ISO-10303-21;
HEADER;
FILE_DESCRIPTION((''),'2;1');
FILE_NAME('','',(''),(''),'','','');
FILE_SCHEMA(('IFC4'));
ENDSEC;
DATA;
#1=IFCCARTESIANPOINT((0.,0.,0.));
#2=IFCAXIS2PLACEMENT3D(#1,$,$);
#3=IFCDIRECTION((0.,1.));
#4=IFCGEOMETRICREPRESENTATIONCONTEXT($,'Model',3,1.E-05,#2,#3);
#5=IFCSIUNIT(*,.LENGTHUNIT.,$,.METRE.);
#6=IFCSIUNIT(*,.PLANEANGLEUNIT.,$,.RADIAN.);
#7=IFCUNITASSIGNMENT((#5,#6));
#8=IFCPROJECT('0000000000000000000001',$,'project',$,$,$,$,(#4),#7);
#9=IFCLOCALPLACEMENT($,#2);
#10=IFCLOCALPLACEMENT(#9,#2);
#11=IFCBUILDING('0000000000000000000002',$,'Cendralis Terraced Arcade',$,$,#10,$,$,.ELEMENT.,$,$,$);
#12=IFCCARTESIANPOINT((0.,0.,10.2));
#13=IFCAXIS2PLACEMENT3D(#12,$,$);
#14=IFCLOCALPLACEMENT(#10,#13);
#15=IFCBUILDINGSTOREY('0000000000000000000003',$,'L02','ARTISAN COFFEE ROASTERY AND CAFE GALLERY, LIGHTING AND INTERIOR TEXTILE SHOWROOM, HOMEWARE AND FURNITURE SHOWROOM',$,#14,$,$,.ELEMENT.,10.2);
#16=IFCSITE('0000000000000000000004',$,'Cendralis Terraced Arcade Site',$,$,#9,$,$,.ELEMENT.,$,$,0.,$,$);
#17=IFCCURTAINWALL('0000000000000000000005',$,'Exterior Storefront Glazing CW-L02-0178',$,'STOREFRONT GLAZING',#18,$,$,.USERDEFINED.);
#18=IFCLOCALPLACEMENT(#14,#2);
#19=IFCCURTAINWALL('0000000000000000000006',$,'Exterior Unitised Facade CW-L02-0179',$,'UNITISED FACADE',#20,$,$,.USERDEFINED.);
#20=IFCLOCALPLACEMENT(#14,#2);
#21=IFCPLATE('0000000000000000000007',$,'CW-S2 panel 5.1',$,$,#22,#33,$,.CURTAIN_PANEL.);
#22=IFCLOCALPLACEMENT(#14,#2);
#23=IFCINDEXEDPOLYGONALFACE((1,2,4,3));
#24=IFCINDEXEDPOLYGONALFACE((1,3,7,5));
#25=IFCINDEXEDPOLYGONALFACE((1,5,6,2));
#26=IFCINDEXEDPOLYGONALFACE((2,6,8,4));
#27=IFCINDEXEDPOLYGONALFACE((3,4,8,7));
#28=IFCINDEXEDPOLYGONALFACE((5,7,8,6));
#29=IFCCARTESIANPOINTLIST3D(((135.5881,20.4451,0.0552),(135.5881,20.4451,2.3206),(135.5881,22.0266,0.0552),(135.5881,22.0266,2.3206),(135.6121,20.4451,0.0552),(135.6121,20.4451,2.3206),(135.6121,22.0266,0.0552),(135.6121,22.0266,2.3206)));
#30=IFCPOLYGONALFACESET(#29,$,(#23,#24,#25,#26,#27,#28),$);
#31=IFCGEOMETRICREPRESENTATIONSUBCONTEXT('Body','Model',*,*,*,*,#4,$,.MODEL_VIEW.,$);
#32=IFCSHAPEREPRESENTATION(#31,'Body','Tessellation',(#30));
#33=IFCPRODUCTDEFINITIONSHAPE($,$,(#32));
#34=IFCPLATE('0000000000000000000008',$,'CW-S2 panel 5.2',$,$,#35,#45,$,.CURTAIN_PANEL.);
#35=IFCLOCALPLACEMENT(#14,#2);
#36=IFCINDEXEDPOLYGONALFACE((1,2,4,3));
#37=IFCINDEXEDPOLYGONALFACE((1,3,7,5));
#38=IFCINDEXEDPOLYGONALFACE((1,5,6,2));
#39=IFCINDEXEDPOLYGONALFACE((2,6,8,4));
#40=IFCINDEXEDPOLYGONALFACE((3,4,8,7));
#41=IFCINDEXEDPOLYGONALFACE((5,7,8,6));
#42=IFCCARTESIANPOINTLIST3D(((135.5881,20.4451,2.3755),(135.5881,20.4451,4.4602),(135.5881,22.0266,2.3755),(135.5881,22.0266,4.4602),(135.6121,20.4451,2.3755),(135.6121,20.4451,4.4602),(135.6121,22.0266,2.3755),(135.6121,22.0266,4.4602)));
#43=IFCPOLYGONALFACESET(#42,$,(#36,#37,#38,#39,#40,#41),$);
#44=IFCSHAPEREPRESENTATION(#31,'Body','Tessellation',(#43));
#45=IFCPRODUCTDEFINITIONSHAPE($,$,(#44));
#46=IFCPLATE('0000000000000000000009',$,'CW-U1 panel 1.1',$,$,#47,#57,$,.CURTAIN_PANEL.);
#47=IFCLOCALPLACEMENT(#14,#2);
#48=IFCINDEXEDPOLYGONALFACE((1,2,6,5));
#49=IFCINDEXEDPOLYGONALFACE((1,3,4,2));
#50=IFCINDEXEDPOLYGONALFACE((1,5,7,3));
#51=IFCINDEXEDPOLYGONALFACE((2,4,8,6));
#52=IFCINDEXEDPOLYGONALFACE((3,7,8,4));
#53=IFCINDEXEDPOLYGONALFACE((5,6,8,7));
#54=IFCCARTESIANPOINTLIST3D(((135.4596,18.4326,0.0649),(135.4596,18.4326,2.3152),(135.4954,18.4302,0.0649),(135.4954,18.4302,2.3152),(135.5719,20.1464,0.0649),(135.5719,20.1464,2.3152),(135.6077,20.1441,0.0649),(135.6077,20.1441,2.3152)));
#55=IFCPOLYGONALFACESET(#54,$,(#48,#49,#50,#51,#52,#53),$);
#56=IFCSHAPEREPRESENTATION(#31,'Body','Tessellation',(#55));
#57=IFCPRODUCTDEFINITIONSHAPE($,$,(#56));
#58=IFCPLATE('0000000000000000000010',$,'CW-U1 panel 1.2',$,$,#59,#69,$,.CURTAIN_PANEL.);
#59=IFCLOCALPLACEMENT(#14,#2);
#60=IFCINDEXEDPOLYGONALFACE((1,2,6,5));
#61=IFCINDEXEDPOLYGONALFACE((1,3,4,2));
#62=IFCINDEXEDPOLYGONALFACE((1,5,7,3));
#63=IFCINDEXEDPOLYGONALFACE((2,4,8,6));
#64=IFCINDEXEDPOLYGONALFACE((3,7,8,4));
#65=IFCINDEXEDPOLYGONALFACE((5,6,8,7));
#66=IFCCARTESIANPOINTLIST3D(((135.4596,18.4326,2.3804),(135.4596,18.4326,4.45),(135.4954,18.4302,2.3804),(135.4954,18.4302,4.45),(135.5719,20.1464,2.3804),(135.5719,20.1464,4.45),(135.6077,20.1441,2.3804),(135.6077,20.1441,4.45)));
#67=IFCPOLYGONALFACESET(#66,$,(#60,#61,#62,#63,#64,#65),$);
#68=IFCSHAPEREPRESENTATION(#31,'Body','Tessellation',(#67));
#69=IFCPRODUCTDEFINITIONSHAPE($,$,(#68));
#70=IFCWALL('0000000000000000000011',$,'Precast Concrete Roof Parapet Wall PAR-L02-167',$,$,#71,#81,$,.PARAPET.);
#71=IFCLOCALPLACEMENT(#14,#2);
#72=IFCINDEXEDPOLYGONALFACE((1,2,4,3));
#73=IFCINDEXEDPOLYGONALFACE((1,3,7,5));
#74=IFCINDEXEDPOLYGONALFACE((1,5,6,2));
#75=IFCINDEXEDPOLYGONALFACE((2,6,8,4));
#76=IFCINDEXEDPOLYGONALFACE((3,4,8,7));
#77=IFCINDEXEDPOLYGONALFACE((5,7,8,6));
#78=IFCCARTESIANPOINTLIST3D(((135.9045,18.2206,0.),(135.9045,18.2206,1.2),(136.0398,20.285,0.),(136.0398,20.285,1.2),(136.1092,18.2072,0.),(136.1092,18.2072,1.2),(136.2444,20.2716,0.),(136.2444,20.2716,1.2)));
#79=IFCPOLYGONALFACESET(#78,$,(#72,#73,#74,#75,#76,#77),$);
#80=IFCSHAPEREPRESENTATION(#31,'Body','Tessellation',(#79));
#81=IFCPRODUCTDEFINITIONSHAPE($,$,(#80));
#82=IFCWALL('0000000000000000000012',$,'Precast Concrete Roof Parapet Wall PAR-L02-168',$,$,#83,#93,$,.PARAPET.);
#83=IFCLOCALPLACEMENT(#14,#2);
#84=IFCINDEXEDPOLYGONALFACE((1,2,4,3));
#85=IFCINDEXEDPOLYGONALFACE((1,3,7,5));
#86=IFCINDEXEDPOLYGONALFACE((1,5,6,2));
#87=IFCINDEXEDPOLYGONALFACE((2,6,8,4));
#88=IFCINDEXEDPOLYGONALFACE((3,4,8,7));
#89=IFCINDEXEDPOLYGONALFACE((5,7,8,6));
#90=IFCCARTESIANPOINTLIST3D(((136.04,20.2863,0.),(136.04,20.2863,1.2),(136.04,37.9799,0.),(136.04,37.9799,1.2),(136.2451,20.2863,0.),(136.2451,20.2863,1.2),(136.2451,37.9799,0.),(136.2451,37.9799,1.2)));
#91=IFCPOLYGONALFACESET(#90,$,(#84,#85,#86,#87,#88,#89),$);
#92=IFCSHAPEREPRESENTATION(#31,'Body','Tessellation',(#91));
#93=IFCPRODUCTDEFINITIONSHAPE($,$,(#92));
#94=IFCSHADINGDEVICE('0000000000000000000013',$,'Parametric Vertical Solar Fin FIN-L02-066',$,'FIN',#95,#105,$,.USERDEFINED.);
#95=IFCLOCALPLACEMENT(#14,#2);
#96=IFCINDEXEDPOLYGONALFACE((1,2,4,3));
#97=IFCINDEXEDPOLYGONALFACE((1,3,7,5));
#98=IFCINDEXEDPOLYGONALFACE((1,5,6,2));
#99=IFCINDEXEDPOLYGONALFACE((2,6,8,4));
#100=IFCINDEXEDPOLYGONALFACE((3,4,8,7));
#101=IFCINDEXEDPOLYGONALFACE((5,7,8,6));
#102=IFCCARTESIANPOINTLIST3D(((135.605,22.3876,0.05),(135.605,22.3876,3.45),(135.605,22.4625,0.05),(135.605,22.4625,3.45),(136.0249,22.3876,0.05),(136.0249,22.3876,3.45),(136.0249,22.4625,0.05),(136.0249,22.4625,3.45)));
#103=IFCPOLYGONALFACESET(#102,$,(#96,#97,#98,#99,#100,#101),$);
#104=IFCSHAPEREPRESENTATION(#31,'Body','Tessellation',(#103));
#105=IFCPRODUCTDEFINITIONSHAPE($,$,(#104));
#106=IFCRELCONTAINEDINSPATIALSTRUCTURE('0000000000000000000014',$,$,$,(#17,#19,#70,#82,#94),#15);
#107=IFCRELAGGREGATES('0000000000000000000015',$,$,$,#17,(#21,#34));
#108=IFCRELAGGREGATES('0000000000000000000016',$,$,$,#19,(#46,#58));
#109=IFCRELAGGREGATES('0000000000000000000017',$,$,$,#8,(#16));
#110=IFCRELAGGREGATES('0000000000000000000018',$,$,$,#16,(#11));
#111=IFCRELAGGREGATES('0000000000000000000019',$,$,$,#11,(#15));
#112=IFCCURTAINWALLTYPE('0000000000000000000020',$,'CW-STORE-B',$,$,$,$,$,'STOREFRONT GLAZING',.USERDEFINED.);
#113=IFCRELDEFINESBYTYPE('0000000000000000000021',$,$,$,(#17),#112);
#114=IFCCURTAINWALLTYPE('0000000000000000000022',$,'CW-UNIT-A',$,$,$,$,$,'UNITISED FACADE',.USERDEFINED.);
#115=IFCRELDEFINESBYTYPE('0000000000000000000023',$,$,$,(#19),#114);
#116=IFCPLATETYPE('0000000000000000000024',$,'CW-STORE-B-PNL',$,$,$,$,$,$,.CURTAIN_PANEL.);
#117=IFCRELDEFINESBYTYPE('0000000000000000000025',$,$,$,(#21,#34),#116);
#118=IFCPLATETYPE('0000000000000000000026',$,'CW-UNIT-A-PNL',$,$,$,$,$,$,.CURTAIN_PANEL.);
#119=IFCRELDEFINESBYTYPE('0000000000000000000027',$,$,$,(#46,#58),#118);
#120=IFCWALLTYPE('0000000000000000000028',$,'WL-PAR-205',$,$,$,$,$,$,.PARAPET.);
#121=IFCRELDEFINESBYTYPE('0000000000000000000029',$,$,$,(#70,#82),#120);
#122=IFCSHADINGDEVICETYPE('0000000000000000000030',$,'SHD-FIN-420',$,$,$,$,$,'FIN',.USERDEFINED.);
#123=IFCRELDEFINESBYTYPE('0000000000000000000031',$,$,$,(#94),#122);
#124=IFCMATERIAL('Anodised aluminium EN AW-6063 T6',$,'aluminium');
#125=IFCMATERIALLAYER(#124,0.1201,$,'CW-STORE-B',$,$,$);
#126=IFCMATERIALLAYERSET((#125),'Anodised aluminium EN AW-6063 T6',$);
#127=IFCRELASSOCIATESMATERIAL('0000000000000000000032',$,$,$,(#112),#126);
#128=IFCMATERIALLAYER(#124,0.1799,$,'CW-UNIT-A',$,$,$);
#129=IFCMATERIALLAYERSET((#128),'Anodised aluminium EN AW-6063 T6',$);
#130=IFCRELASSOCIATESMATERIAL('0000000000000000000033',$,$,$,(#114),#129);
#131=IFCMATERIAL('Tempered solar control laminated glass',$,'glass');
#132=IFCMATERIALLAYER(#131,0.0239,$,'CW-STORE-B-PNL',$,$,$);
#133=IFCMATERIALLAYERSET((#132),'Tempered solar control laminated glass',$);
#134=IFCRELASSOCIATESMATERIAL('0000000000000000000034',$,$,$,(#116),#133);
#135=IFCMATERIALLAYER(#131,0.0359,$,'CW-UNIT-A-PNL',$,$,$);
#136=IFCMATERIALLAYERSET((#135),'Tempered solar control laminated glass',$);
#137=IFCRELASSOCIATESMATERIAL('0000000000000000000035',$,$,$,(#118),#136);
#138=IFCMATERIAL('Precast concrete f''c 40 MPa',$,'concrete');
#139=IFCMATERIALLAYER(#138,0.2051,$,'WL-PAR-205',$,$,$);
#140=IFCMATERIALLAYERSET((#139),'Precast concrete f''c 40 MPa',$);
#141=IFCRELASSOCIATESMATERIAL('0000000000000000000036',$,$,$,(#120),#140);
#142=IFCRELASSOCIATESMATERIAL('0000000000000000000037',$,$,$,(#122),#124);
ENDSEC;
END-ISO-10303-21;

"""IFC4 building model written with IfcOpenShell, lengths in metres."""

from ifc_helpers import new_model, si_unit, direction, frame, frame_2d, origin, origin_2d, place, context, subcontext, project, spatial, rectangle, extrude, material, layer, layer_set, type_object, element, aggregate, save


model = new_model("IFC4")

# Units and contexts
model_context = context("Model", 3, precision=1e-05, world=origin(), true_north=direction((0.0, 1.0)))
body_context = subcontext(model_context, "Body", "Model", "MODEL_VIEW")
ifc_project = project(units=[si_unit("LENGTHUNIT", "METRE"), si_unit("PLANEANGLEUNIT", "RADIAN")], contexts=[model_context])

# Site, building, storey
site_placement = place(None, origin())
site = spatial("IfcSite", under=ifc_project, at=site_placement, Name="Cendralis Terraced Arcade Site", CompositionType="ELEMENT", RefElevation=0.0)
building_placement = place(site_placement, origin())
building = spatial("IfcBuilding", under=site, at=building_placement, Name="Cendralis Terraced Arcade", CompositionType="ELEMENT")
storey_placement = place(building_placement, frame((0.0, 0.0, 10.2)))
storey = spatial("IfcBuildingStorey", under=building, at=storey_placement, Name="L02", Description="ARTISAN COFFEE ROASTERY AND CAFE GALLERY, LIGHTING AND INTERIOR TEXTILE SHOWROOM, HOMEWARE AND FURNITURE SHOWROOM", CompositionType="ELEMENT", Elevation=10.2)

# Curtain walls
ifc_material_1 = material(Name="Anodised aluminium EN AW-6063 T6", Category="aluminium")
ifc_layer_1 = layer(ifc_material_1, 0.1201, Name="CW-STORE-B")
ifc_layer_set_1 = layer_set([ifc_layer_1], Name="Anodised aluminium EN AW-6063 T6")
curtain_wall_type_1 = type_object("IfcCurtainWallType", Name="CW-STORE-B", ElementType="STOREFRONT GLAZING", PredefinedType="USERDEFINED", material=ifc_layer_set_1)
curtain_wall_1_placement = place(storey_placement, origin())
curtain_wall_1 = element("IfcCurtainWall", 1, at=curtain_wall_1_placement, inside=storey, type_object=curtain_wall_type_1, Name="Exterior Storefront Glazing CW-L02-0178", ObjectType="STOREFRONT GLAZING", PredefinedType="USERDEFINED")
ifc_layer_2 = layer(ifc_material_1, 0.1799, Name="CW-UNIT-A")
ifc_layer_set_2 = layer_set([ifc_layer_2], Name="Anodised aluminium EN AW-6063 T6")
curtain_wall_type_2 = type_object("IfcCurtainWallType", Name="CW-UNIT-A", ElementType="UNITISED FACADE", PredefinedType="USERDEFINED", material=ifc_layer_set_2)
curtain_wall_2_placement = place(storey_placement, origin())
curtain_wall_2 = element("IfcCurtainWall", 2, at=curtain_wall_2_placement, inside=storey, type_object=curtain_wall_type_2, Name="Exterior Unitised Facade CW-L02-0179", ObjectType="UNITISED FACADE", PredefinedType="USERDEFINED")

# Plates
ifc_material_2 = material(Name="Tempered solar control laminated glass", Category="glass")
ifc_layer_3 = layer(ifc_material_2, 0.0239, Name="CW-STORE-B-PNL")
ifc_layer_set_3 = layer_set([ifc_layer_3], Name="Tempered solar control laminated glass")
plate_type_1 = type_object("IfcPlateType", Name="CW-STORE-B-PNL", PredefinedType="CURTAIN_PANEL", material=ifc_layer_set_3)
plate_1_placement = place(storey_placement, frame((135.6001, 21.2358, 0.0552), z_axis=(0.0, 0.0, 1.0), x_axis=(0.0, -1.0, 0.0)))
plate_1 = element("IfcPlate", 3, at=plate_1_placement, type_object=plate_type_1, Name="CW-S2 panel 5.1", PredefinedType="CURTAIN_PANEL", context=body_context, shape_type="SweptSolid", body=[
    extrude(rectangle(XDim=1.5815, YDim=0.0239, at=origin_2d()), origin(), (0.0, 0.0, 1.0), 2.2654),
])
plate_2_placement = place(storey_placement, frame((135.6001, 21.2358, 2.3755), z_axis=(0.0, 0.0, 1.0), x_axis=(0.0, -1.0, 0.0)))
plate_2 = element("IfcPlate", 4, at=plate_2_placement, type_object=plate_type_1, Name="CW-S2 panel 5.2", PredefinedType="CURTAIN_PANEL", context=body_context, shape_type="SweptSolid", body=[
    extrude(rectangle(XDim=1.5815, YDim=0.0239, at=origin_2d()), origin(), (0.0, 0.0, 1.0), 2.0847),
])
aggregate(curtain_wall_1, [plate_1, plate_2])
ifc_layer_4 = layer(ifc_material_2, 0.0359, Name="CW-UNIT-A-PNL")
ifc_layer_set_4 = layer_set([ifc_layer_4], Name="Tempered solar control laminated glass")
plate_type_2 = type_object("IfcPlateType", Name="CW-UNIT-A-PNL", PredefinedType="CURTAIN_PANEL", material=ifc_layer_set_4)
plate_3_placement = place(storey_placement, frame((135.5337, 19.2883, 0.0649), z_axis=(0.0, 0.0, 1.0), x_axis=(-0.065384, -0.99786, 0.0)))
plate_3 = element("IfcPlate", 5, at=plate_3_placement, type_object=plate_type_2, Name="CW-U1 panel 1.1", PredefinedType="CURTAIN_PANEL", context=body_context, shape_type="SweptSolid", body=[
    extrude(rectangle(XDim=1.7175, YDim=0.0359, at=origin_2d()), origin(), (0.0, 0.0, 1.0), 2.2502),
])
plate_4_placement = place(storey_placement, frame((135.5337, 19.2883, 2.3804), z_axis=(0.0, 0.0, 1.0), x_axis=(-0.065384, -0.99786, 0.0)))
plate_4 = element("IfcPlate", 6, at=plate_4_placement, type_object=plate_type_2, Name="CW-U1 panel 1.2", PredefinedType="CURTAIN_PANEL", context=body_context, shape_type="SweptSolid", body=[
    extrude(rectangle(XDim=1.7175, YDim=0.0359, at=origin_2d()), origin(), (0.0, 0.0, 1.0), 2.0696),
])
aggregate(curtain_wall_2, [plate_3, plate_4])

# Walls
ifc_material_3 = material(Name="Precast concrete f'c 40 MPa", Category="concrete")
ifc_layer_5 = layer(ifc_material_3, 0.2051, Name="WL-PAR-205")
ifc_layer_set_5 = layer_set([ifc_layer_5], Name="Precast concrete f'c 40 MPa")
wall_type = type_object("IfcWallType", Name="WL-PAR-205", PredefinedType="PARAPET", material=ifc_layer_set_5)
wall_1_placement = place(storey_placement, frame((136.0068, 18.2139, 0.0), z_axis=(0.0, 0.0, 1.0), x_axis=(0.065375, 0.997861, 0.0)))
element("IfcWall", 7, at=wall_1_placement, inside=storey, type_object=wall_type, Name="Precast Concrete Roof Parapet Wall PAR-L02-167", PredefinedType="PARAPET", context=body_context, shape_type="SweptSolid", body=[
    extrude(rectangle(XDim=2.0688, YDim=0.2051, at=frame_2d((1.0344, 0.0))), origin(), (0.0, 0.0, 1.0), 1.2),
])
wall_2_placement = place(storey_placement, frame((136.1426, 20.2864, 0.0), z_axis=(0.0, 0.0, 1.0), x_axis=(0.0, 1.0, 0.0)))
element("IfcWall", 8, at=wall_2_placement, inside=storey, type_object=wall_type, Name="Precast Concrete Roof Parapet Wall PAR-L02-168", PredefinedType="PARAPET", context=body_context, shape_type="SweptSolid", body=[
    extrude(rectangle(XDim=17.6936, YDim=0.2051, at=frame_2d((8.8467, 0.0))), origin(), (0.0, 0.0, 1.0), 1.2),
])

# Shading device
shading_device_type = type_object("IfcShadingDeviceType", Name="SHD-FIN-420", ElementType="FIN", PredefinedType="USERDEFINED", material=ifc_material_1)
shading_device_placement = place(storey_placement, frame((135.8149, 22.425, 0.05), z_axis=(0.0, 0.0, 1.0), x_axis=(0.0, -1.0, 0.0)))
element("IfcShadingDevice", 9, at=shading_device_placement, inside=storey, type_object=shading_device_type, Name="Parametric Vertical Solar Fin FIN-L02-066", ObjectType="FIN", PredefinedType="USERDEFINED", context=body_context, shape_type="SweptSolid", body=[
    extrude(rectangle(XDim=0.075, YDim=0.4199, at=origin_2d()), origin(), (0.0, 0.0, 1.0), 3.3999),
])

save(model, "model.ifc")
